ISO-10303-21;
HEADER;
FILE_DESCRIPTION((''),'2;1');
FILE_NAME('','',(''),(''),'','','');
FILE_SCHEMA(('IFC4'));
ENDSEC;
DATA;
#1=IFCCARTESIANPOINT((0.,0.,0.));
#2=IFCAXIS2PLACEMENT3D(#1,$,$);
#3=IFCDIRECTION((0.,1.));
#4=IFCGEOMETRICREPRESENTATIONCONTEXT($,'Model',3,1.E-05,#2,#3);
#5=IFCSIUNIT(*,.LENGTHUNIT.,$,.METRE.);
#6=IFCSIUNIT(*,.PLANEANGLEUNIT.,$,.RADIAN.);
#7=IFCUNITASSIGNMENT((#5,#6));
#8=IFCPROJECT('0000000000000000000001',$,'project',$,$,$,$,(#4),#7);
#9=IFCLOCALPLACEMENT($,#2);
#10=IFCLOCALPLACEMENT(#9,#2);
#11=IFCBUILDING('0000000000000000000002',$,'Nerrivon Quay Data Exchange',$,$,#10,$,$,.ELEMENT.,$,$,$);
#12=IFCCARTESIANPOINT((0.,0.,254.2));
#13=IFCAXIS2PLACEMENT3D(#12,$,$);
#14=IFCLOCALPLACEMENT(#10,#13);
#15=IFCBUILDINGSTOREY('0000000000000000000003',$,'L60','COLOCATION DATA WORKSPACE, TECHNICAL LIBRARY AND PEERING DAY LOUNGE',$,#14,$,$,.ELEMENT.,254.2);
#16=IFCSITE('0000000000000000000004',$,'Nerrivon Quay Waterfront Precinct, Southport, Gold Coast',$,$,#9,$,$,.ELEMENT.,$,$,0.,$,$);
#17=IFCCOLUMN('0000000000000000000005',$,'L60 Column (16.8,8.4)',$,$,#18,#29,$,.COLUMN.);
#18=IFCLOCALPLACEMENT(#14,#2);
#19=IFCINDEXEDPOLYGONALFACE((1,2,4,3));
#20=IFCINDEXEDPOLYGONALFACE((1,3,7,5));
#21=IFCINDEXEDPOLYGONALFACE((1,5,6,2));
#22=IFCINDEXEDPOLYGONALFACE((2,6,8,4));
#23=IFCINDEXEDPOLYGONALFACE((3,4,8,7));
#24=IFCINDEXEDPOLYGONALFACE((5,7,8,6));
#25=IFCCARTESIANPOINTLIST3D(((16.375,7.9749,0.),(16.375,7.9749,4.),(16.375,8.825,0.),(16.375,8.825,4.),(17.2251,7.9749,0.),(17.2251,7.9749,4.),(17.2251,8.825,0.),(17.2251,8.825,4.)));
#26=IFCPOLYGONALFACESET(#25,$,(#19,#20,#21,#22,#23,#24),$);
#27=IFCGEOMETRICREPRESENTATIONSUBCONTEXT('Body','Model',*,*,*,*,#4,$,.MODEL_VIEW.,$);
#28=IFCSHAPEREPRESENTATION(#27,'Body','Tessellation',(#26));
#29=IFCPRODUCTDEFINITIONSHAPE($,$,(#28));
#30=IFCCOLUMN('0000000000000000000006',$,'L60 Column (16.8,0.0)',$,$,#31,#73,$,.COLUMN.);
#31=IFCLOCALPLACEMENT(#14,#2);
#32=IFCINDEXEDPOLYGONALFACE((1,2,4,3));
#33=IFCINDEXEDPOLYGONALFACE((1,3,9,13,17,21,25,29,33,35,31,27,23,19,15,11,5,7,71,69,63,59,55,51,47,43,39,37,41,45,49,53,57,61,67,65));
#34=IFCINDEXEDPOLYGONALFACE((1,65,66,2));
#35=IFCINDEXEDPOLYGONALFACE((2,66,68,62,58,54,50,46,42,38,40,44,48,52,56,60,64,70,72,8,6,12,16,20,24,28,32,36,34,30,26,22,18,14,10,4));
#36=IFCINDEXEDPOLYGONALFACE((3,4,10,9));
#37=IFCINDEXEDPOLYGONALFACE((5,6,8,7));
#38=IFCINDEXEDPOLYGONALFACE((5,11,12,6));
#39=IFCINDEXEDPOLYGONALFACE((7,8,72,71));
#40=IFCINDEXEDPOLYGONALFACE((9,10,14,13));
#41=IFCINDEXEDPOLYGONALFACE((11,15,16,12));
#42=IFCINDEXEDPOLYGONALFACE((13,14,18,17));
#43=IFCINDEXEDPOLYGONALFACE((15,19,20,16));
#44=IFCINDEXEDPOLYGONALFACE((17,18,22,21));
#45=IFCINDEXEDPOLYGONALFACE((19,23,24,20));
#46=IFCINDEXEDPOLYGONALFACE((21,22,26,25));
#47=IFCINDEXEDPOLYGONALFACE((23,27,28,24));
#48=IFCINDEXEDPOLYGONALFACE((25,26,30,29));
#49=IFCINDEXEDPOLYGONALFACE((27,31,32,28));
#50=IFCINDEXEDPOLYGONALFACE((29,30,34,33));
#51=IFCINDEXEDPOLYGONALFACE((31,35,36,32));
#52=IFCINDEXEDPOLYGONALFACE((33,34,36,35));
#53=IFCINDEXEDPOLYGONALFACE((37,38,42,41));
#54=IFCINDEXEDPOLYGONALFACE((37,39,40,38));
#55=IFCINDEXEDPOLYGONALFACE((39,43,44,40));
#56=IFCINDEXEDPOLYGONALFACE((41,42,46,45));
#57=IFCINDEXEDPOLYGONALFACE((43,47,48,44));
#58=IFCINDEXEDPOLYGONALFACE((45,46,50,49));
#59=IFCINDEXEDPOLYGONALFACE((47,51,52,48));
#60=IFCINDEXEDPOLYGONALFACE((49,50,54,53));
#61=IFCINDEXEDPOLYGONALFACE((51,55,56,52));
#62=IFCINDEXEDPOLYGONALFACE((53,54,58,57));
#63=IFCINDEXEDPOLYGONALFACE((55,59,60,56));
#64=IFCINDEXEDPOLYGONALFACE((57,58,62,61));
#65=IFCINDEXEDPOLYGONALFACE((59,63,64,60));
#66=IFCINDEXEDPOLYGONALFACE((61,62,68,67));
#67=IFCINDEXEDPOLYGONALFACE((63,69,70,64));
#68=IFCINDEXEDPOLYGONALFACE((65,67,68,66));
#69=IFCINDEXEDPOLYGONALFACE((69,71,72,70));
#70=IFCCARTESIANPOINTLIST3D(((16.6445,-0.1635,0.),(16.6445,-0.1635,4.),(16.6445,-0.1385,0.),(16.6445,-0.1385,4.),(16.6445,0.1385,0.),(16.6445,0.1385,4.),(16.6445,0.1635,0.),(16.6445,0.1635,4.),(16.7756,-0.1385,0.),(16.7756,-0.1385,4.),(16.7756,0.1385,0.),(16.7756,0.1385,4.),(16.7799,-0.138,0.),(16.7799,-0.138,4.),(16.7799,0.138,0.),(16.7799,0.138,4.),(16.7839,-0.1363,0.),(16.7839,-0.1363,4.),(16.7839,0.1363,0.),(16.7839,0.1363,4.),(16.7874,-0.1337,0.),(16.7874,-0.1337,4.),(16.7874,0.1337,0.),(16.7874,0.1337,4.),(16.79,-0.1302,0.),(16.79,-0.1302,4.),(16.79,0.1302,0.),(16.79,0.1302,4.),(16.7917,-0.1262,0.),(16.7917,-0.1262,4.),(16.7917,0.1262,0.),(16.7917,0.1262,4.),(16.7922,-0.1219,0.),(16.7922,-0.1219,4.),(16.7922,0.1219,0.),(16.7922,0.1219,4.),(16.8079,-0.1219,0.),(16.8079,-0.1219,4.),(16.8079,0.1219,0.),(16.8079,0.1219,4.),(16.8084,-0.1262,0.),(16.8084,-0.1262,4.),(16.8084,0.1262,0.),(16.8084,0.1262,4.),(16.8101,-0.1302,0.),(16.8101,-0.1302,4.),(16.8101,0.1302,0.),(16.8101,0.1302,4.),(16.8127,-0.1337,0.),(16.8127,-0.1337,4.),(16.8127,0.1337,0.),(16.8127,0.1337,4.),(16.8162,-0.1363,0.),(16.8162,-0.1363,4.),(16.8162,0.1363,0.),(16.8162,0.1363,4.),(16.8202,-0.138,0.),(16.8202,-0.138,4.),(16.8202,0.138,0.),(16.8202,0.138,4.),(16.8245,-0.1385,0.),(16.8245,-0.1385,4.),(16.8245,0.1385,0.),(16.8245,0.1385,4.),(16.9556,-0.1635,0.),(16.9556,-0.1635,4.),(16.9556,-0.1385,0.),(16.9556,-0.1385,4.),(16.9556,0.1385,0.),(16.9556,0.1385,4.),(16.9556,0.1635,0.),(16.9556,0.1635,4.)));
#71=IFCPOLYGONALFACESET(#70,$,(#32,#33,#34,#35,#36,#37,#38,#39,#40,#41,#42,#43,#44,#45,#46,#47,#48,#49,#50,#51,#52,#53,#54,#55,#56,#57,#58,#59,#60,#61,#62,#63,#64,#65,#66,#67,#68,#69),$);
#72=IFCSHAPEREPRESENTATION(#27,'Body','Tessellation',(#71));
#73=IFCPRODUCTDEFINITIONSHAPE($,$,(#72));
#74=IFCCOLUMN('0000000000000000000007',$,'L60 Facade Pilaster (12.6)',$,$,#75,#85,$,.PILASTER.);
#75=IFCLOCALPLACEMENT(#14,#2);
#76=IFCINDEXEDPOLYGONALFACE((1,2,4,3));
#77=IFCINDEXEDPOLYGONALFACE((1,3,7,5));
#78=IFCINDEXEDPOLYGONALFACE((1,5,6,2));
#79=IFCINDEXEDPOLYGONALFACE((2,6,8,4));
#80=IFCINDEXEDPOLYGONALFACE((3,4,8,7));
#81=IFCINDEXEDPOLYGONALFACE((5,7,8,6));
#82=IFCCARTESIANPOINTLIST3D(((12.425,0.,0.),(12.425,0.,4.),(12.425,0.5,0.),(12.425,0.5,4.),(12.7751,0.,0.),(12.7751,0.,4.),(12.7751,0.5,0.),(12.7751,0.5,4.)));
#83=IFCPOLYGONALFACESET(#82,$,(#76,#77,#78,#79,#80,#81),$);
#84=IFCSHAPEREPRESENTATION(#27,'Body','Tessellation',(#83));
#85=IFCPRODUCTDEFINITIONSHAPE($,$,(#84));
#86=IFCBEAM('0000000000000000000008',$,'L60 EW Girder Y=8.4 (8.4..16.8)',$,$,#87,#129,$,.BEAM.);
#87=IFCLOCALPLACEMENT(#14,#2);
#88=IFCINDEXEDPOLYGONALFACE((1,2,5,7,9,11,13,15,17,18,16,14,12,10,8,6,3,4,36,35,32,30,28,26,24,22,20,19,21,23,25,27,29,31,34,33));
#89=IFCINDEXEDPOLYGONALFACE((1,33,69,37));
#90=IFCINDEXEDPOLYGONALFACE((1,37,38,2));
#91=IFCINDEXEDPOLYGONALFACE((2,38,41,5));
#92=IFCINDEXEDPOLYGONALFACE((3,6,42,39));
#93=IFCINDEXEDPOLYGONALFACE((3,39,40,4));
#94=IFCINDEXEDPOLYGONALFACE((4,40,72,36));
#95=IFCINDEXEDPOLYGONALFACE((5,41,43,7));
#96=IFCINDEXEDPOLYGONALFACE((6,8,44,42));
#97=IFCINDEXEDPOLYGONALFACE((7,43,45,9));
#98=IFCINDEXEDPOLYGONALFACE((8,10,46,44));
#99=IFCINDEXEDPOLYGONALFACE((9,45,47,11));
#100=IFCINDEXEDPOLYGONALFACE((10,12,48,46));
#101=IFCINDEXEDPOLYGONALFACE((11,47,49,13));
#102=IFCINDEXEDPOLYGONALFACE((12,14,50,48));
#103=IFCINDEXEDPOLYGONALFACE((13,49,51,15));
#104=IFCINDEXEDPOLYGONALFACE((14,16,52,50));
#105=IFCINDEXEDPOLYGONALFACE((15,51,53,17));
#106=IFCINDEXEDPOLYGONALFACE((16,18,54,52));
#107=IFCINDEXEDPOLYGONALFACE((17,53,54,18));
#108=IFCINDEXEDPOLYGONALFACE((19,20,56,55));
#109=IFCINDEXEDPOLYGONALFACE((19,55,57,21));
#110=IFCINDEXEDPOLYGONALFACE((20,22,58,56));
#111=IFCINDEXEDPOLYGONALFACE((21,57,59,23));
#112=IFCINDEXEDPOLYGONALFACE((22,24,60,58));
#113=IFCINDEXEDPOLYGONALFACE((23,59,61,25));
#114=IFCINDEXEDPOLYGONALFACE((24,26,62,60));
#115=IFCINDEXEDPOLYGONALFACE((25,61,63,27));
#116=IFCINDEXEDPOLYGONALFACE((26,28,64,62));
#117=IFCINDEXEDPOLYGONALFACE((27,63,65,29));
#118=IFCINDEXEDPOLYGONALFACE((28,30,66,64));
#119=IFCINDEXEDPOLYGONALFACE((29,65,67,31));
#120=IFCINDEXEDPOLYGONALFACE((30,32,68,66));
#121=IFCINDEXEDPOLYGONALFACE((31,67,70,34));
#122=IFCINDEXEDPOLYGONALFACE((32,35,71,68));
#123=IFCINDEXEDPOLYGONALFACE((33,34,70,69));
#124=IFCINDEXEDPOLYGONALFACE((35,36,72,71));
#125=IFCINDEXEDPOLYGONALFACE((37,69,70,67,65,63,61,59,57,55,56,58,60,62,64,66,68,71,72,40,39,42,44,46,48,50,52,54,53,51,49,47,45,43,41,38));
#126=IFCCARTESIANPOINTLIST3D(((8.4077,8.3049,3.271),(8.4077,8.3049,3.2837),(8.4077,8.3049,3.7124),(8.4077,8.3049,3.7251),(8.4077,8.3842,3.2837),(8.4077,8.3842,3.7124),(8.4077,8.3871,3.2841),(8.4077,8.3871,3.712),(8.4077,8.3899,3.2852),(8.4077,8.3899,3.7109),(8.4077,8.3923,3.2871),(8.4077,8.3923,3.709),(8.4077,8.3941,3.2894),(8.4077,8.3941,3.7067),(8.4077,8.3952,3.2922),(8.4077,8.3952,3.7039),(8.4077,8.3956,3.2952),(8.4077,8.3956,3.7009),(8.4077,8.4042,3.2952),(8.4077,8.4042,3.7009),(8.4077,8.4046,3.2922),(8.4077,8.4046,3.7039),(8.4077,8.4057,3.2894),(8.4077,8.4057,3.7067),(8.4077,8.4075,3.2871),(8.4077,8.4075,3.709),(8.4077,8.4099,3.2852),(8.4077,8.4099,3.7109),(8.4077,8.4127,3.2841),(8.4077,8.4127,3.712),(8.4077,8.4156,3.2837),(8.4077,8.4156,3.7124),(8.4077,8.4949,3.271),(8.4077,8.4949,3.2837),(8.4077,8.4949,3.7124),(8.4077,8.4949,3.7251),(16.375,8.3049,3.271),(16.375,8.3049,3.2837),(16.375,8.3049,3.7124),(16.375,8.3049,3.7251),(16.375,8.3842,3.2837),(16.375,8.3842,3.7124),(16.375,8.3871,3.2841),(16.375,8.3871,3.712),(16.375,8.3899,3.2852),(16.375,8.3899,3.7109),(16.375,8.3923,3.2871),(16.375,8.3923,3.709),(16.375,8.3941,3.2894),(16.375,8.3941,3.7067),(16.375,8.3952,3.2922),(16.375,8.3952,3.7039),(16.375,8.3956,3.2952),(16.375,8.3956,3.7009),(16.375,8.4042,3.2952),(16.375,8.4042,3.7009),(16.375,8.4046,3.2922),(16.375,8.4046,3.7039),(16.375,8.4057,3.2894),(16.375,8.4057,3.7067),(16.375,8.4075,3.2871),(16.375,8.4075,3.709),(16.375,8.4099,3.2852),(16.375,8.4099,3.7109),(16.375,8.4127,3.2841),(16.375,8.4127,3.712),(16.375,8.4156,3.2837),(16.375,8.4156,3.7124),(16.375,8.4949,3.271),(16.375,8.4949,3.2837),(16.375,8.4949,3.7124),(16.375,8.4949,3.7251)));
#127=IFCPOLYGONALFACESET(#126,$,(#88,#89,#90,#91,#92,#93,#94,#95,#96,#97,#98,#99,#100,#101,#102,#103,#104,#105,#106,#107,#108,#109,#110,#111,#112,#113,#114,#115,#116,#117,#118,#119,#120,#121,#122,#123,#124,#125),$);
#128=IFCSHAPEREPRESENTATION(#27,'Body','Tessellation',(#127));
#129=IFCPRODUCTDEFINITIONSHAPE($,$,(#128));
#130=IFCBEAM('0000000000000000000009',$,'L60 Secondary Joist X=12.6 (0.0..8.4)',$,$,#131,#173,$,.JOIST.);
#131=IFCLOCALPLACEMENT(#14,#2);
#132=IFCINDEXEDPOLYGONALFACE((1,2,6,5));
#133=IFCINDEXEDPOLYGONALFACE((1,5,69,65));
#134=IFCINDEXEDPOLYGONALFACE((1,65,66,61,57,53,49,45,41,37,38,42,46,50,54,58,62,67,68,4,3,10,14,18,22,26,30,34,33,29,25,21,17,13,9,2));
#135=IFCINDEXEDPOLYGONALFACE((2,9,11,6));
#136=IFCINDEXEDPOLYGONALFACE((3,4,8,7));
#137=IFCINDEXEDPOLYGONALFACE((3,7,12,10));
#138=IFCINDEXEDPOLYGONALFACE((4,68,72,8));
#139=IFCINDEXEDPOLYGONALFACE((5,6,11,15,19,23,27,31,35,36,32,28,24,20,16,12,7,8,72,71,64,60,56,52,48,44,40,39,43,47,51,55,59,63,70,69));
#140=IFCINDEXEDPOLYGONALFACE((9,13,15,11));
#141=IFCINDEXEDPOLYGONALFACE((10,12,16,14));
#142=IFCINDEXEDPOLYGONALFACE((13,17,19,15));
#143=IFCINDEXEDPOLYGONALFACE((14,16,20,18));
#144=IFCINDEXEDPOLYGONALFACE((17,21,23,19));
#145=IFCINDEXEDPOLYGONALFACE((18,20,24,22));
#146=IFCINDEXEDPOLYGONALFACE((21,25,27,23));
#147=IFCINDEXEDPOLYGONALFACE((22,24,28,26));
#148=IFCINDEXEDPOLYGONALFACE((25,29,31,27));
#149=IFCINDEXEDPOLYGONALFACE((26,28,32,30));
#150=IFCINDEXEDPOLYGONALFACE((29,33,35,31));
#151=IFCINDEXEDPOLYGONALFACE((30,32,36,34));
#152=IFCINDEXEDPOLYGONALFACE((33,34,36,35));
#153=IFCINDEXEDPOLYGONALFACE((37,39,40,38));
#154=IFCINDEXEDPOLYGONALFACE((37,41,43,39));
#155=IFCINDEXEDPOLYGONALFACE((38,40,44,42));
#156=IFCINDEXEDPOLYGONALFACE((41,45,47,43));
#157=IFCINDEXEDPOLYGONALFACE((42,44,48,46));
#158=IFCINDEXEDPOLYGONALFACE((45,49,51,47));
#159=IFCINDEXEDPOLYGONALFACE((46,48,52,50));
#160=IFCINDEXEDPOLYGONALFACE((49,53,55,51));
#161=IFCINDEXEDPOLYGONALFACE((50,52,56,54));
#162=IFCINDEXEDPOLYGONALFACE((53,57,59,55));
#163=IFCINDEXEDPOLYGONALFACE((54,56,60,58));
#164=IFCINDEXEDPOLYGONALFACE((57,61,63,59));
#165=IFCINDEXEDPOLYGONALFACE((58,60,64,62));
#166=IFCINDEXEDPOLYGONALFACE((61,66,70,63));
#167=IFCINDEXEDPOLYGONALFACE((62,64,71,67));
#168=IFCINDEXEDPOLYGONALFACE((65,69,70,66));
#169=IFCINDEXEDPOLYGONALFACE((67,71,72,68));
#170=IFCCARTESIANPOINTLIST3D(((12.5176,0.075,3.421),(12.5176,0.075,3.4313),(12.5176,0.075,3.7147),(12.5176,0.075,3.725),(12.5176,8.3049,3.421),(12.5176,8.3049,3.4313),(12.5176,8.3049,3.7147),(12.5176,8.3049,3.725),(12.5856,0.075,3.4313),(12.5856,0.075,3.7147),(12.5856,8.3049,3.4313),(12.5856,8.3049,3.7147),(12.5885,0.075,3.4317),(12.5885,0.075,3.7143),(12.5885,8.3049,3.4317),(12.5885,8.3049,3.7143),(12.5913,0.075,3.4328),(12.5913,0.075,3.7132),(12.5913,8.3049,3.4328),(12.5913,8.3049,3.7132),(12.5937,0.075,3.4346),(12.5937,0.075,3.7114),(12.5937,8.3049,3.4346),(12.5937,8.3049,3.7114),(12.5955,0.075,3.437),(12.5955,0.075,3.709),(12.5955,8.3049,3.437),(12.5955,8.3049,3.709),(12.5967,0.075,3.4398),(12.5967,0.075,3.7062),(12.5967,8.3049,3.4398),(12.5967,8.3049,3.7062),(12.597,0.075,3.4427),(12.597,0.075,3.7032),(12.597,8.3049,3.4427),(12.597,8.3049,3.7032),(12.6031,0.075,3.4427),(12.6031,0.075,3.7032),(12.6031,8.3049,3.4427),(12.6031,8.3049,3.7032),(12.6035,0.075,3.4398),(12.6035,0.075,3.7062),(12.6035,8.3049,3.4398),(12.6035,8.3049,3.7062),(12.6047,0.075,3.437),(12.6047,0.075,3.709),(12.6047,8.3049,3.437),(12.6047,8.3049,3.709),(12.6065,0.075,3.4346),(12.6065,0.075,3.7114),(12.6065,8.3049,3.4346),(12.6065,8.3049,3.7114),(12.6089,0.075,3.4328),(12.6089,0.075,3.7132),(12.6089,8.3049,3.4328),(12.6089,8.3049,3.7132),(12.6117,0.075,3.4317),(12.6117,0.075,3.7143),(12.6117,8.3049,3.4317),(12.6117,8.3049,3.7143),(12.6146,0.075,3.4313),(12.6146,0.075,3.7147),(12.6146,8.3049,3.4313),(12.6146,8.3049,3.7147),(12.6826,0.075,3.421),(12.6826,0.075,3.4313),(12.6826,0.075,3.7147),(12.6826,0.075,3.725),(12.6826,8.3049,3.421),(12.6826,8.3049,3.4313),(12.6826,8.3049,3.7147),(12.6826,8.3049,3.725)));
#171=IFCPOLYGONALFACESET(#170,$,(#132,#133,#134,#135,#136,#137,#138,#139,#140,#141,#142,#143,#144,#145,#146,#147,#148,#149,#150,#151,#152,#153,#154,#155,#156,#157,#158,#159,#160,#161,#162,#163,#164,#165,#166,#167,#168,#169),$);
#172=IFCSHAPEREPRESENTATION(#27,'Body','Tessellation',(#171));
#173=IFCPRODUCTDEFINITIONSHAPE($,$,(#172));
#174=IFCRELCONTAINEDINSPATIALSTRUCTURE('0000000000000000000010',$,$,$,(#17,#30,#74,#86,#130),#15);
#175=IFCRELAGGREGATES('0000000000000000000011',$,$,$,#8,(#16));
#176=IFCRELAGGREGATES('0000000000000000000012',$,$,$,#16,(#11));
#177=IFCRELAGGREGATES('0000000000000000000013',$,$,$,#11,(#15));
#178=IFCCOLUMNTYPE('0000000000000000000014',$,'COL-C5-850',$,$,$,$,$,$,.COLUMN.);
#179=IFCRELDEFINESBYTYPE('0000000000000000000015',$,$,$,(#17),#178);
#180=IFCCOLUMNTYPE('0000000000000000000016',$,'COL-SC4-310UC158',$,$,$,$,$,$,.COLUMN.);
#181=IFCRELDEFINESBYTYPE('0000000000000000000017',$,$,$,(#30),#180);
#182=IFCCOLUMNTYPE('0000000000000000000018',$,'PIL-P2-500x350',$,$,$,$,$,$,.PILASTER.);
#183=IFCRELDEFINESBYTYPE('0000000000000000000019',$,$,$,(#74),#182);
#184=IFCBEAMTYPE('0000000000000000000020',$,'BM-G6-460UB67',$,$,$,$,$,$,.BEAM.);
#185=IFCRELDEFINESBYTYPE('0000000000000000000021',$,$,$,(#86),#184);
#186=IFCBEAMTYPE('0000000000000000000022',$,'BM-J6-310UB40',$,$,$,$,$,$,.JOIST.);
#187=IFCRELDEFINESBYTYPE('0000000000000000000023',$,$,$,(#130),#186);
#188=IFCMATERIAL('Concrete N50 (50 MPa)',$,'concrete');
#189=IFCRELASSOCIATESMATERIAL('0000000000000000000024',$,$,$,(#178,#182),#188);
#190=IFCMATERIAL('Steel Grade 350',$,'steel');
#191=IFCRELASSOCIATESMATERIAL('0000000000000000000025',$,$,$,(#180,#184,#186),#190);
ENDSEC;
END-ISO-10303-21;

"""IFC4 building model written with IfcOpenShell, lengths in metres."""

from ifc_helpers import new_model, si_unit, direction, frame, origin, origin_2d, place, context, subcontext, project, spatial, rectangle, i_section, extrude, material, material_profile, profile_set, type_object, element, save


model = new_model("IFC4")

# Units and contexts
model_context = context("Model", 3, precision=1e-05, world=origin(), true_north=direction((0.0, 1.0)))
body_context = subcontext(model_context, "Body", "Model", "MODEL_VIEW")
ifc_project = project(units=[si_unit("LENGTHUNIT", "METRE"), si_unit("PLANEANGLEUNIT", "RADIAN")], contexts=[model_context])

# Site, building, storey
site_placement = place(None, origin())
site = spatial("IfcSite", under=ifc_project, at=site_placement, Name="Nerrivon Quay Waterfront Precinct, Southport, Gold Coast", CompositionType="ELEMENT", RefElevation=0.0)
building_placement = place(site_placement, origin())
building = spatial("IfcBuilding", under=site, at=building_placement, Name="Nerrivon Quay Data Exchange", CompositionType="ELEMENT")
storey_placement = place(building_placement, frame((0.0, 0.0, 254.2)))
storey = spatial("IfcBuildingStorey", under=building, at=storey_placement, Name="L60", Description="COLOCATION DATA WORKSPACE, TECHNICAL LIBRARY AND PEERING DAY LOUNGE", CompositionType="ELEMENT", Elevation=254.2)

# Columns
ifc_material_1 = material(Name="Concrete N50 (50 MPa)", Category="concrete")
ifc_material_profile_1 = material_profile(ifc_material_1, rectangle(XDim=0.8501, YDim=0.8501, at=origin_2d()), Name="RC-COL-850x850")
ifc_profile_set_1 = profile_set([ifc_material_profile_1], Name="Concrete N50 (50 MPa)")
column_type_1 = type_object("IfcColumnType", Name="COL-C5-850", PredefinedType="COLUMN", material=ifc_profile_set_1)
column_1_placement = place(storey_placement, frame((16.8, 8.3999, 0.0), z_axis=(0.0, 0.0, 1.0), x_axis=(1.0, 0.0, 0.0)))
element("IfcColumn", 1, at=column_1_placement, inside=storey, type_object=column_type_1, Name="L60 Column (16.8,8.4)", PredefinedType="COLUMN", context=body_context, shape_type="SweptSolid", body=[
    extrude(rectangle(XDim=0.8501, YDim=0.8501, at=origin_2d()), origin(), (0.0, 0.0, 1.0), 4.0),
])
ifc_material_2 = material(Name="Steel Grade 350", Category="steel")
ifc_material_profile_2 = material_profile(ifc_material_2, i_section(OverallWidth=0.311, OverallDepth=0.3269, WebThickness=0.0156, FlangeThickness=0.0249, FilletRadius=0.0166, at=origin_2d()), Name="310UC158")
ifc_profile_set_2 = profile_set([ifc_material_profile_2], Name="Steel Grade 350")
column_type_2 = type_object("IfcColumnType", Name="COL-SC4-310UC158", PredefinedType="COLUMN", material=ifc_profile_set_2)
column_2_placement = place(storey_placement, frame((16.8, 0.0, 0.0), z_axis=(0.0, 0.0, 1.0), x_axis=(1.0, 0.0, 0.0)))
element("IfcColumn", 2, at=column_2_placement, inside=storey, type_object=column_type_2, Name="L60 Column (16.8,0.0)", PredefinedType="COLUMN", context=body_context, shape_type="SweptSolid", body=[
    extrude(i_section(OverallWidth=0.311, OverallDepth=0.3269, WebThickness=0.0156, FlangeThickness=0.0249, FilletRadius=0.0166, at=origin_2d()), origin(), (0.0, 0.0, 1.0), 4.0),
])
ifc_material_profile_3 = material_profile(ifc_material_1, rectangle(XDim=0.3501, YDim=0.5, at=origin_2d()), Name="RC-PIL-500x350")
ifc_profile_set_3 = profile_set([ifc_material_profile_3], Name="Concrete N50 (50 MPa)")
column_type_3 = type_object("IfcColumnType", Name="PIL-P2-500x350", PredefinedType="PILASTER", material=ifc_profile_set_3)
column_3_placement = place(storey_placement, frame((12.6001, 0.25, 0.0), z_axis=(0.0, 0.0, 1.0), x_axis=(1.0, 0.0, 0.0)))
element("IfcColumn", 3, at=column_3_placement, inside=storey, type_object=column_type_3, Name="L60 Facade Pilaster (12.6)", PredefinedType="PILASTER", context=body_context, shape_type="SweptSolid", body=[
    extrude(rectangle(XDim=0.3501, YDim=0.5, at=origin_2d()), origin(), (0.0, 0.0, 1.0), 4.0),
])

# Beams
ifc_material_profile_4 = material_profile(ifc_material_2, i_section(OverallWidth=0.1899, OverallDepth=0.4541, WebThickness=0.0085, FlangeThickness=0.0127, FilletRadius=0.0115, at=origin_2d()), Name="460UB67.1")
ifc_profile_set_4 = profile_set([ifc_material_profile_4], Name="Steel Grade 350")
beam_type_1 = type_object("IfcBeamType", Name="BM-G6-460UB67", PredefinedType="BEAM", material=ifc_profile_set_4)
beam_1_placement = place(storey_placement, frame((8.4077, 8.3999, 3.498), z_axis=(1.0, 0.0, 0.0), x_axis=(0.0, 1.0, 0.0)))
element("IfcBeam", 4, at=beam_1_placement, inside=storey, type_object=beam_type_1, Name="L60 EW Girder Y=8.4 (8.4..16.8)", PredefinedType="BEAM", context=body_context, shape_type="SweptSolid", body=[
    extrude(i_section(OverallWidth=0.1899, OverallDepth=0.4541, WebThickness=0.0085, FlangeThickness=0.0127, FilletRadius=0.0115, at=origin_2d()), origin(), (0.0, 0.0, 1.0), 7.9673),
])
ifc_material_profile_5 = material_profile(ifc_material_2, i_section(OverallWidth=0.165, OverallDepth=0.304, WebThickness=0.0061, FlangeThickness=0.0103, FilletRadius=0.0115, at=origin_2d()), Name="310UB40.4")
ifc_profile_set_5 = profile_set([ifc_material_profile_5], Name="Steel Grade 350")
beam_type_2 = type_object("IfcBeamType", Name="BM-J6-310UB40", PredefinedType="JOIST", material=ifc_profile_set_5)
beam_2_placement = place(storey_placement, frame((12.6001, 0.075, 3.573), z_axis=(0.0, 1.0, 0.0), x_axis=(-1.0, 0.0, 0.0)))
element("IfcBeam", 5, at=beam_2_placement, inside=storey, type_object=beam_type_2, Name="L60 Secondary Joist X=12.6 (0.0..8.4)", PredefinedType="JOIST", context=body_context, shape_type="SweptSolid", body=[
    extrude(i_section(OverallWidth=0.165, OverallDepth=0.304, WebThickness=0.0061, FlangeThickness=0.0103, FilletRadius=0.0115, at=origin_2d()), origin(), (0.0, 0.0, 1.0), 8.23),
])

save(model, "model.ifc")
